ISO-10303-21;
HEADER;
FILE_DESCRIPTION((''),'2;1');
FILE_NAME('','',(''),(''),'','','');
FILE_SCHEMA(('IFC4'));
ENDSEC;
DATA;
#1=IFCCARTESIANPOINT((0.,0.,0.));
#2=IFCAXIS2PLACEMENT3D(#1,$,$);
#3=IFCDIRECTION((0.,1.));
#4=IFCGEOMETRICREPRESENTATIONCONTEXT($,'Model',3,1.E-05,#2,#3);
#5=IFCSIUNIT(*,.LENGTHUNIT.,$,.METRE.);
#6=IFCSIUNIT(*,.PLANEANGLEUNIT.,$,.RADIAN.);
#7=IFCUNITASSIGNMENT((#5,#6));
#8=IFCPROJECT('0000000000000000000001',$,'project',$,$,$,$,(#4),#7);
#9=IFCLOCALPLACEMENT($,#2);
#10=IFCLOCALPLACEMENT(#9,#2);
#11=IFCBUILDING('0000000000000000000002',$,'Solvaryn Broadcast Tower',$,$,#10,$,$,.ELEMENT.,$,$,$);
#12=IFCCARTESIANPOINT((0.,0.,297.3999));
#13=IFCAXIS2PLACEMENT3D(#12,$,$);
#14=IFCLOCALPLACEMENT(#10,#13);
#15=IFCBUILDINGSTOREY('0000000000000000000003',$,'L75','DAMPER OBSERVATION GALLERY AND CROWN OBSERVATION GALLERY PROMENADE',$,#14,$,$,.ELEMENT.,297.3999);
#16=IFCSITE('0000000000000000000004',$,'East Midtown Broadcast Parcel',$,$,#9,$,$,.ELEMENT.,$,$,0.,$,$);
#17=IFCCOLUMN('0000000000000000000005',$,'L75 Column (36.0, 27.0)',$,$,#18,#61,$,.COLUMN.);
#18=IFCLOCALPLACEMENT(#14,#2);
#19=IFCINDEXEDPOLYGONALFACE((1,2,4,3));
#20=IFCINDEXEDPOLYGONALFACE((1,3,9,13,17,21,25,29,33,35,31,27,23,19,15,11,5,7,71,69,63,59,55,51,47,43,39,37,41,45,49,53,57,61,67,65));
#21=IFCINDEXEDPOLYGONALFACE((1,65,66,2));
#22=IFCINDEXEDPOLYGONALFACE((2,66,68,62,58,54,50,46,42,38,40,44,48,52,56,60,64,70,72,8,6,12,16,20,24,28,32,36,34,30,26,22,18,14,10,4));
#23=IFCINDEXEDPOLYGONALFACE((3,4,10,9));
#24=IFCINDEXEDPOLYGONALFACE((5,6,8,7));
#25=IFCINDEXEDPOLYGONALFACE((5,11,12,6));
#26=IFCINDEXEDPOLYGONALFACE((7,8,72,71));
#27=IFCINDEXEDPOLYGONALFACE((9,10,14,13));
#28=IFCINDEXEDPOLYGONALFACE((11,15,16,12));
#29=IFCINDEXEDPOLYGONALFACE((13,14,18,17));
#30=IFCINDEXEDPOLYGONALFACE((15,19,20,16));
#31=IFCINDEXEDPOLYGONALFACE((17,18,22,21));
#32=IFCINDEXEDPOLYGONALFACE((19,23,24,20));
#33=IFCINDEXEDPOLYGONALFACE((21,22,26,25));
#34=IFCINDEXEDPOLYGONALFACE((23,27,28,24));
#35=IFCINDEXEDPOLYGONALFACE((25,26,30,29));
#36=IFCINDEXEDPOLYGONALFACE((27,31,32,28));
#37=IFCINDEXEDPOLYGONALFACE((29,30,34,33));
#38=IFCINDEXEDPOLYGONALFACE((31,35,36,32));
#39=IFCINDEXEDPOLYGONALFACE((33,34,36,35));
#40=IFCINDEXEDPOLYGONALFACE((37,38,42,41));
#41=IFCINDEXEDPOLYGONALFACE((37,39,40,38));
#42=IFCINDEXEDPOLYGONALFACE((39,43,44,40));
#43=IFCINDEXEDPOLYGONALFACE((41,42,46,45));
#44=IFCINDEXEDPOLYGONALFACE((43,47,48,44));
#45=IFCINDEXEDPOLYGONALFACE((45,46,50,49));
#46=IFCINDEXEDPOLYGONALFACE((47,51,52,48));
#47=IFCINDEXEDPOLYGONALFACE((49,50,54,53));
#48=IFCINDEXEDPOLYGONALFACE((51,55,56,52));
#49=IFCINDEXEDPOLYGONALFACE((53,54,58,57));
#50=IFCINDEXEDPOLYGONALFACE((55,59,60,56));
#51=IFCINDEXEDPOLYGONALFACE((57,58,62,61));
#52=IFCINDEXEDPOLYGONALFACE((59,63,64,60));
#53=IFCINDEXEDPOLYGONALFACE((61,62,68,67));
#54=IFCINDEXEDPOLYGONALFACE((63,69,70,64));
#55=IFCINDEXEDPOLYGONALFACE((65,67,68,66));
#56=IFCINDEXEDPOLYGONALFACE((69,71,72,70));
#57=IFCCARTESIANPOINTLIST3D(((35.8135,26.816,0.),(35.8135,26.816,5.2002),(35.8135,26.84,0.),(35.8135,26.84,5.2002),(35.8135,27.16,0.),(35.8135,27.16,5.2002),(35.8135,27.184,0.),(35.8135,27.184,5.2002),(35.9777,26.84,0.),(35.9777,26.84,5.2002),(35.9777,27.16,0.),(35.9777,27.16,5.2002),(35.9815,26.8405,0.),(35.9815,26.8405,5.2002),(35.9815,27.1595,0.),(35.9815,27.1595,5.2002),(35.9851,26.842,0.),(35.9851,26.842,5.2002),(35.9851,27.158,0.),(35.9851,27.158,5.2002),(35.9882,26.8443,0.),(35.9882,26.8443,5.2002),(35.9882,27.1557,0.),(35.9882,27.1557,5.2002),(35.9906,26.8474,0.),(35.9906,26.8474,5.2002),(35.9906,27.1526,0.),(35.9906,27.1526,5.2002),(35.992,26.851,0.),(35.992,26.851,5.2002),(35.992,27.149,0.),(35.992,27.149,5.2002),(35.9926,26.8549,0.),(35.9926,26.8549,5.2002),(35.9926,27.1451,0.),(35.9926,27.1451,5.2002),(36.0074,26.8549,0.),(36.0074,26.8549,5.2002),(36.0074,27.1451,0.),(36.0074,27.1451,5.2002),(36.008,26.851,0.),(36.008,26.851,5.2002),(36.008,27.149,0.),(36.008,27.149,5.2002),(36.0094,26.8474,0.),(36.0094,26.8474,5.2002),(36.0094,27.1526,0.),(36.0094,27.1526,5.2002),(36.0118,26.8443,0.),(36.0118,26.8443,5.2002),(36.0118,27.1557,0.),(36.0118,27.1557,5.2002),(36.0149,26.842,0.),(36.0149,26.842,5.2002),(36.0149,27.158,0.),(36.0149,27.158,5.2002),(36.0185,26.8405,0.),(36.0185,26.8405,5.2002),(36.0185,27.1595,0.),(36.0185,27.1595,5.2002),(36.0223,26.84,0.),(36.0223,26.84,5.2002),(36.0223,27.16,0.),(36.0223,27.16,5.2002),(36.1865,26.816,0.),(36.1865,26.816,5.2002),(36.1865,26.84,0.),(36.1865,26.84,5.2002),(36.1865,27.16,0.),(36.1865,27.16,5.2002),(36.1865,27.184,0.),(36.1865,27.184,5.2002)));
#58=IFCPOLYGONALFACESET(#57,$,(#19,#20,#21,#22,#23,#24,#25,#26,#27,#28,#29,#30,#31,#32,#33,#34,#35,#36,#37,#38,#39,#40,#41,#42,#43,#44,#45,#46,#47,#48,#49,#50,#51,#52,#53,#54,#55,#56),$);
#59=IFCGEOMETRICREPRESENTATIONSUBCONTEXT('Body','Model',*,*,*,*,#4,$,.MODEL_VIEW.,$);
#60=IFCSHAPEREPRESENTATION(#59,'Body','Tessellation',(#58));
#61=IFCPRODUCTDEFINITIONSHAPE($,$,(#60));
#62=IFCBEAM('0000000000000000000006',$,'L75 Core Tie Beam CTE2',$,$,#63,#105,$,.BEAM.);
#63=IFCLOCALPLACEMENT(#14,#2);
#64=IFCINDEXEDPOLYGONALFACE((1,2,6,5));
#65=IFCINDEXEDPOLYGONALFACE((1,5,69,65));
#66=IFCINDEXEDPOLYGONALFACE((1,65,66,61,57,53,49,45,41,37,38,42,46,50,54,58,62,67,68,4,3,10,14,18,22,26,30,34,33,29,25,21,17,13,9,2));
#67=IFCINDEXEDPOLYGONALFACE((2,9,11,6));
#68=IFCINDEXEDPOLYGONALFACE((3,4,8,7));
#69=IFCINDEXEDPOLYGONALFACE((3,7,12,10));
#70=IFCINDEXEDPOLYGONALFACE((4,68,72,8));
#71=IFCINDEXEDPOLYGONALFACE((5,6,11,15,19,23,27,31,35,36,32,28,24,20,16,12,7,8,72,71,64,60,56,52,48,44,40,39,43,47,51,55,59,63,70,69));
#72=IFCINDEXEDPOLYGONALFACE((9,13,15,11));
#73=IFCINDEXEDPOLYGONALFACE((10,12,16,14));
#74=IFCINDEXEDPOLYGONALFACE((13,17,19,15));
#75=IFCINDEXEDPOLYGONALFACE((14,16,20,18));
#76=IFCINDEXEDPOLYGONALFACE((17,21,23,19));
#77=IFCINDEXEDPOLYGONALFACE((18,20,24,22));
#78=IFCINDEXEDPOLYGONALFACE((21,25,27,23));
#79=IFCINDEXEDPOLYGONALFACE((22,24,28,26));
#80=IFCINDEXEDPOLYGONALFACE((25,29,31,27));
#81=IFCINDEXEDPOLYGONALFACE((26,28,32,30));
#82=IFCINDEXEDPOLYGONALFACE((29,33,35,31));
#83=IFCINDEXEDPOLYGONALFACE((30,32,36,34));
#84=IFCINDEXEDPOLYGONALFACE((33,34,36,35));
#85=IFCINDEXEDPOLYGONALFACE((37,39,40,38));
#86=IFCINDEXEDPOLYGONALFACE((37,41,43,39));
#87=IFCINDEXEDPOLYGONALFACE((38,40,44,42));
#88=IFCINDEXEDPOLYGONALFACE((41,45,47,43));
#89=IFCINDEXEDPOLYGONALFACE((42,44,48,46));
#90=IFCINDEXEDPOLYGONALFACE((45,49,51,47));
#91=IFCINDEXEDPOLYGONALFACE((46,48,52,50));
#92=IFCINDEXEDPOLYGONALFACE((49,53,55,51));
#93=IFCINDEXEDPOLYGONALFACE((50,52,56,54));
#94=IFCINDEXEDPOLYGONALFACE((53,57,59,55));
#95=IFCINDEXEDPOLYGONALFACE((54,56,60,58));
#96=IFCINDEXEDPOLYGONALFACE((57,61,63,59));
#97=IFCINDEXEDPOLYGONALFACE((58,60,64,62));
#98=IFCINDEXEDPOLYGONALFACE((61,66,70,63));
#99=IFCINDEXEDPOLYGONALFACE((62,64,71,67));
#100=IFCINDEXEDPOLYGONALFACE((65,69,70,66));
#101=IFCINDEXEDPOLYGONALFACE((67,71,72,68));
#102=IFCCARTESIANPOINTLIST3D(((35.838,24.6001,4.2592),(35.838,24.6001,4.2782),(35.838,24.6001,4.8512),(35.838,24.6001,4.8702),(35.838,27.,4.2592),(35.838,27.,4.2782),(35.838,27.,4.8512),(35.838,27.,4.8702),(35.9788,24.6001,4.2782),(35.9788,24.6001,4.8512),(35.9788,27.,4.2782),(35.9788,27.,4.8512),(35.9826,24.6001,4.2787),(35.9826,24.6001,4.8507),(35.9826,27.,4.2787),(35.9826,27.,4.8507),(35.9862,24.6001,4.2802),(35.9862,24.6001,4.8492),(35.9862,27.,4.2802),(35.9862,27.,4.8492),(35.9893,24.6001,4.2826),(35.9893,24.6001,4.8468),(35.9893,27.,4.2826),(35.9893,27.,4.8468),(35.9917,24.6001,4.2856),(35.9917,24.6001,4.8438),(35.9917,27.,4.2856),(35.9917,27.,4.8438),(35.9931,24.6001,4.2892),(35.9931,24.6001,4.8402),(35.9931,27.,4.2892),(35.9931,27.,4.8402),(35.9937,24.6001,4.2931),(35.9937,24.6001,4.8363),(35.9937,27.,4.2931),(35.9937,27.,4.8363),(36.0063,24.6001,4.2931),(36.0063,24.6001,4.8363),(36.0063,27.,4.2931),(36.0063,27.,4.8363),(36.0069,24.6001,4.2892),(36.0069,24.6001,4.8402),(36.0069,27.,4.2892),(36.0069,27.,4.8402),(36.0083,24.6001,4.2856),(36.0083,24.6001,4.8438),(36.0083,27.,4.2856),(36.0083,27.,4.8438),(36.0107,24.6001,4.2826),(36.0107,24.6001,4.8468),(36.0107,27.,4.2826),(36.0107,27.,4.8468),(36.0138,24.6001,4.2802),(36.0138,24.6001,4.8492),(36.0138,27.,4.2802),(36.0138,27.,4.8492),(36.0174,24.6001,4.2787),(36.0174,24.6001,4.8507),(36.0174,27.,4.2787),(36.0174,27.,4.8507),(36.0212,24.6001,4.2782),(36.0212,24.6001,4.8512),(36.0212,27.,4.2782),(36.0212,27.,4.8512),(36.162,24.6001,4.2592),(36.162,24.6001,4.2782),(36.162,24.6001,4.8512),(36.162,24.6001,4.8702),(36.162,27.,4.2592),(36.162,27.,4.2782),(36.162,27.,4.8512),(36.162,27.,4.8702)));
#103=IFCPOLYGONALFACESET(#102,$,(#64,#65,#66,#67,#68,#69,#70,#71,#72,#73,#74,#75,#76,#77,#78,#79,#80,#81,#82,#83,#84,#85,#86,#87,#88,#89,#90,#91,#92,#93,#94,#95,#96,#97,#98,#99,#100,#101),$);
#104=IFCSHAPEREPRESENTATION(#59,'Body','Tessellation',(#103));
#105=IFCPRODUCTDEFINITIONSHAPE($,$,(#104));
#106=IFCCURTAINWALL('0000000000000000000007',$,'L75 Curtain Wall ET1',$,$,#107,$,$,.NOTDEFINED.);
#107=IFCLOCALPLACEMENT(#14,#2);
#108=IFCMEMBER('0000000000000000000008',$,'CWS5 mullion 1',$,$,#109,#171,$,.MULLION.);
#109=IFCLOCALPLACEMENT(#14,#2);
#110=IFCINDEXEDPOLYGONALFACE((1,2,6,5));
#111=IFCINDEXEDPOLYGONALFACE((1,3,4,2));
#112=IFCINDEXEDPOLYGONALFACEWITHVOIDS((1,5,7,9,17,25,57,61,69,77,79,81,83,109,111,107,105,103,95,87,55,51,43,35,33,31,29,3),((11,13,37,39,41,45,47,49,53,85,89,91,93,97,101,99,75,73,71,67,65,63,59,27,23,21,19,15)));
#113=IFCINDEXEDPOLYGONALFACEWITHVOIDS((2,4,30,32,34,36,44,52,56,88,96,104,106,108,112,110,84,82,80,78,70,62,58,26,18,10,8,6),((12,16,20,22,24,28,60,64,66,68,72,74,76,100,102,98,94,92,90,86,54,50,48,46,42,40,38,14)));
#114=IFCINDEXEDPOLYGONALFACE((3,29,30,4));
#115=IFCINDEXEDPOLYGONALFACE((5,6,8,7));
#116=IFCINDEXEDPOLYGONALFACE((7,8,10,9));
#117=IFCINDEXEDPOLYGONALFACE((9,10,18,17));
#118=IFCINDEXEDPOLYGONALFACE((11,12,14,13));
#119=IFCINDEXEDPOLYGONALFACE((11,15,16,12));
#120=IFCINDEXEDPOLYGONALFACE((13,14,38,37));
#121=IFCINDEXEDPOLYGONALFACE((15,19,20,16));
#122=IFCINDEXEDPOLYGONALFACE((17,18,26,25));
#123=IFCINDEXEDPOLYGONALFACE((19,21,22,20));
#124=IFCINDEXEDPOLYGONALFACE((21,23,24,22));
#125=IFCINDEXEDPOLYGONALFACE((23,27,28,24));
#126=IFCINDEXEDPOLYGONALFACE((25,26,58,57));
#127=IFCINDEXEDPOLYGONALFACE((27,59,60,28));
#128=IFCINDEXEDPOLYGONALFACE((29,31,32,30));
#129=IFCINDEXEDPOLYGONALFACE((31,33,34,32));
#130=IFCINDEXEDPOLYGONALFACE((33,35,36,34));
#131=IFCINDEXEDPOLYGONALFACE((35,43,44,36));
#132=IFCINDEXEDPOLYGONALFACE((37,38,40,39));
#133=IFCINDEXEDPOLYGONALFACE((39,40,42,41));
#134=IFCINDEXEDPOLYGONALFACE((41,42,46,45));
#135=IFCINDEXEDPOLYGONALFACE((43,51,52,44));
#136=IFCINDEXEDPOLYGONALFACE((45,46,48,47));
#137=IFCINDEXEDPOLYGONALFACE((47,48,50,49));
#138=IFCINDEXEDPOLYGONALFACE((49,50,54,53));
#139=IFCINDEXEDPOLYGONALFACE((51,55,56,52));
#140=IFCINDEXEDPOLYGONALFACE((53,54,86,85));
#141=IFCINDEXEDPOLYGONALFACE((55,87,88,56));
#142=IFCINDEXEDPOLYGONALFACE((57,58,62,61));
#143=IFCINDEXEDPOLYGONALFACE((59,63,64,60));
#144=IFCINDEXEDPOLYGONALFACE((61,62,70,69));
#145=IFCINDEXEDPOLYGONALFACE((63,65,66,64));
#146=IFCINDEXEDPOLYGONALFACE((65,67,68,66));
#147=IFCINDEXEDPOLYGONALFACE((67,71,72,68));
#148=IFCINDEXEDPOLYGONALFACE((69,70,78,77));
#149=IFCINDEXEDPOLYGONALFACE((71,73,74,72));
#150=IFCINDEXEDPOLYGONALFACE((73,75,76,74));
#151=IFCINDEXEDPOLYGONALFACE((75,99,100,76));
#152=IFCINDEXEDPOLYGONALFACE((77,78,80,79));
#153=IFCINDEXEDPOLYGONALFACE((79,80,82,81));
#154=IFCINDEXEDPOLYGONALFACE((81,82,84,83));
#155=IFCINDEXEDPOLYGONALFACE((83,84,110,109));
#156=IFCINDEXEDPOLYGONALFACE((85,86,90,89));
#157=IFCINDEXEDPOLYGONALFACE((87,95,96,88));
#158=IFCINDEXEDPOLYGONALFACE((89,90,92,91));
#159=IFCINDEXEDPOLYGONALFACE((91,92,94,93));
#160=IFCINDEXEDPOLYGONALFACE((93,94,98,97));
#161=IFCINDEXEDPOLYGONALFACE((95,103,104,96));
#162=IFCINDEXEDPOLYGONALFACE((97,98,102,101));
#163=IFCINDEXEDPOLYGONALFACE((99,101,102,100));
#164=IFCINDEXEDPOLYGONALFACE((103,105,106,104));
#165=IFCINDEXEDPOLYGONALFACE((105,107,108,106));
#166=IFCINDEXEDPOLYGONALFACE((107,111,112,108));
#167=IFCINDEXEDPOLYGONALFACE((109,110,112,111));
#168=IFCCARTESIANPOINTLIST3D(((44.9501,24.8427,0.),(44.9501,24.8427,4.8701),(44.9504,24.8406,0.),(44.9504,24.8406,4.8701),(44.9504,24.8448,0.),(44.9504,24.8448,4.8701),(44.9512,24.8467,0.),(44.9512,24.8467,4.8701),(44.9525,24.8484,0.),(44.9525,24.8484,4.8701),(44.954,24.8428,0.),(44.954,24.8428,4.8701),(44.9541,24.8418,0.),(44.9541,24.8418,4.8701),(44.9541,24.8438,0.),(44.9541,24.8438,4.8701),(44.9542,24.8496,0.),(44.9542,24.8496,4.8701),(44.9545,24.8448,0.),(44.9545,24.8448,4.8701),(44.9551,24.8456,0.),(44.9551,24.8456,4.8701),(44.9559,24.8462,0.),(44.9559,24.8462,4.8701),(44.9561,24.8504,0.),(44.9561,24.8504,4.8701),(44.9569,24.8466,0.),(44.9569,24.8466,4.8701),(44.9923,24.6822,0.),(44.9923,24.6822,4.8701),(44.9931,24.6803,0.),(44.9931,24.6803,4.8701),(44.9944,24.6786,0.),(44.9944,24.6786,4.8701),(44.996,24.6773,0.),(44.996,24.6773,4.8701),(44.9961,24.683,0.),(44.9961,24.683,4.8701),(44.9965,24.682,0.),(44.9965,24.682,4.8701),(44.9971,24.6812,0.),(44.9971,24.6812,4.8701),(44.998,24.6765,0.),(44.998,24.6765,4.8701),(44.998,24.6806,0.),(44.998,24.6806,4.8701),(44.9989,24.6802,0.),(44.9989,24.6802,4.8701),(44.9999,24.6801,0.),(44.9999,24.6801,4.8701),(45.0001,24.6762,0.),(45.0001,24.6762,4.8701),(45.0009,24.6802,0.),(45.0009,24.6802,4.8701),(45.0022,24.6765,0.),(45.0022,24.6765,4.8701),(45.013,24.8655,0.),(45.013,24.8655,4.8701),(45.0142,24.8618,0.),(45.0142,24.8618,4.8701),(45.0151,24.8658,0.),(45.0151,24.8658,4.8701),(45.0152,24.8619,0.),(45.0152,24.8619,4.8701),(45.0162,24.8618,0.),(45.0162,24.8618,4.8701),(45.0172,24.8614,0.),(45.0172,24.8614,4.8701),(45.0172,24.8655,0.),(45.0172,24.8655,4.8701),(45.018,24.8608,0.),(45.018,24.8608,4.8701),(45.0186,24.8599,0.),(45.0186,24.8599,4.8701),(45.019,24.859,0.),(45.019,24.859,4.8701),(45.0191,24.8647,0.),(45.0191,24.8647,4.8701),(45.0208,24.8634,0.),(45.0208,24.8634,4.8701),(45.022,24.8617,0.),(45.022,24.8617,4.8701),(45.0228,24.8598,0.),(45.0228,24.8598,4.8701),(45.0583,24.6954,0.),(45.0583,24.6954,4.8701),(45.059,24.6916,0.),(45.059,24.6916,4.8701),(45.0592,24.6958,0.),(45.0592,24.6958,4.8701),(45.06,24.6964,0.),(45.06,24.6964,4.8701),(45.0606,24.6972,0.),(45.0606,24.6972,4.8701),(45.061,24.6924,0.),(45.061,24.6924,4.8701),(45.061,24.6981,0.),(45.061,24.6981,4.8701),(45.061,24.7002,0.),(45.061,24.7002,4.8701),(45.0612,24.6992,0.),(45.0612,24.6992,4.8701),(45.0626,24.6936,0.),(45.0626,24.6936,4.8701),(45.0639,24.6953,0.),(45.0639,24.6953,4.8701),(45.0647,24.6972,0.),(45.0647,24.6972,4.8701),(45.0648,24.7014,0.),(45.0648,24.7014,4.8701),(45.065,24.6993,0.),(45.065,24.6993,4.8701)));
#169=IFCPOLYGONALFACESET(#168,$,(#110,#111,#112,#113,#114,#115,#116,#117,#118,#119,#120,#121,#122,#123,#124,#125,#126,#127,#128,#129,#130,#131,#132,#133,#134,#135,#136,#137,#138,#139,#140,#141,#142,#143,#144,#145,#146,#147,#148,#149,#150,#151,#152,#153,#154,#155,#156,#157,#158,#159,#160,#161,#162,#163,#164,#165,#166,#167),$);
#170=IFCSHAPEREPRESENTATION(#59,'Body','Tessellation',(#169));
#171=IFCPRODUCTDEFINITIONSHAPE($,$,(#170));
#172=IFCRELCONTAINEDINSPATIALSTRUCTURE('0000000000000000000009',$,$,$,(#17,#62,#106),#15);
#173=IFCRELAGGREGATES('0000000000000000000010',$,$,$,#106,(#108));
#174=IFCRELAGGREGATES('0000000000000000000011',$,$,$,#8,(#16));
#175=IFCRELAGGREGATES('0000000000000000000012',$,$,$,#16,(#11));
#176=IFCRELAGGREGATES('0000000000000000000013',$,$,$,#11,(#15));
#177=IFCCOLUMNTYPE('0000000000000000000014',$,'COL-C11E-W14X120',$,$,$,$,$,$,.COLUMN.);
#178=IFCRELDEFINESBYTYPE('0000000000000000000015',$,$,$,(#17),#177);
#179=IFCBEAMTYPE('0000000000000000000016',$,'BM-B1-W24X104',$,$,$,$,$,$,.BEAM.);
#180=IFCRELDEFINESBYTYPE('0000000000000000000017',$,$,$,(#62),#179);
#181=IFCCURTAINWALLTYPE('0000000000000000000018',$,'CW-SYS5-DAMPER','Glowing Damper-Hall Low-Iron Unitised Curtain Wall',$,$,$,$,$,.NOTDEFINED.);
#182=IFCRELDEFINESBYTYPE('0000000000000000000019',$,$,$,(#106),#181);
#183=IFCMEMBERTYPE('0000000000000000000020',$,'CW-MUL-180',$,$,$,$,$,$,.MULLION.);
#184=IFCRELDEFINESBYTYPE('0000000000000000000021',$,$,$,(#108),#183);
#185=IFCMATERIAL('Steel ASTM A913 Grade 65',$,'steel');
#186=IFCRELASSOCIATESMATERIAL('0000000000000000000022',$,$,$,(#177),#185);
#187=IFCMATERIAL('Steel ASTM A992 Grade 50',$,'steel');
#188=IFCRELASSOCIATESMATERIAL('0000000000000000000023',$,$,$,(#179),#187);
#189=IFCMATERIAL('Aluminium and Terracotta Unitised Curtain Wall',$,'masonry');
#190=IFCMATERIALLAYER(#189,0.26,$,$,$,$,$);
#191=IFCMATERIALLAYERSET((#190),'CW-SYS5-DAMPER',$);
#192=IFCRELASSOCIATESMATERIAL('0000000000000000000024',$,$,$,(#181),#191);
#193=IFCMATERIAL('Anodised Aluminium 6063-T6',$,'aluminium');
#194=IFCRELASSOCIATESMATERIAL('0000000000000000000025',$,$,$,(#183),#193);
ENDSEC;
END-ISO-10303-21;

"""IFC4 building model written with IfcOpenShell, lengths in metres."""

from ifc_helpers import new_model, si_unit, direction, frame, origin, origin_2d, place, context, subcontext, project, spatial, hollow_rectangle, i_section, extrude, material, layer, layer_set, material_profile, profile_set, type_object, element, aggregate, save


model = new_model("IFC4")

# Units and contexts
model_context = context("Model", 3, precision=1e-05, world=origin(), true_north=direction((0.0, 1.0)))
body_context = subcontext(model_context, "Body", "Model", "MODEL_VIEW")
ifc_project = project(units=[si_unit("LENGTHUNIT", "METRE"), si_unit("PLANEANGLEUNIT", "RADIAN")], contexts=[model_context])

# Site, building, storey
site_placement = place(None, origin())
site = spatial("IfcSite", under=ifc_project, at=site_placement, Name="East Midtown Broadcast Parcel", CompositionType="ELEMENT", RefElevation=0.0)
building_placement = place(site_placement, origin())
building = spatial("IfcBuilding", under=site, at=building_placement, Name="Solvaryn Broadcast Tower", CompositionType="ELEMENT")
storey_placement = place(building_placement, frame((0.0, 0.0, 297.3999)))
storey = spatial("IfcBuildingStorey", under=building, at=storey_placement, Name="L75", Description="DAMPER OBSERVATION GALLERY AND CROWN OBSERVATION GALLERY PROMENADE", CompositionType="ELEMENT", Elevation=297.3999)

# Column
ifc_material_1 = material(Name="Steel ASTM A913 Grade 65", Category="steel")
ifc_material_profile_1 = material_profile(ifc_material_1, i_section(OverallWidth=0.373, OverallDepth=0.3679, WebThickness=0.0149, FlangeThickness=0.0239, FilletRadius=0.0149, at=origin_2d()))
ifc_profile_set_1 = profile_set([ifc_material_profile_1], Name="Steel ASTM A913 Grade 65")
column_type = type_object("IfcColumnType", Name="COL-C11E-W14X120", PredefinedType="COLUMN", material=ifc_profile_set_1)
column_placement = place(storey_placement, frame((36.0, 27.0, 0.0), z_axis=(0.0, 0.0, 1.0), x_axis=(1.0, 0.0, 0.0)))
element("IfcColumn", 1, at=column_placement, inside=storey, type_object=column_type, Name="L75 Column (36.0, 27.0)", PredefinedType="COLUMN", context=body_context, shape_type="SweptSolid", body=[
    extrude(i_section(OverallWidth=0.373, OverallDepth=0.3679, WebThickness=0.0149, FlangeThickness=0.0239, FilletRadius=0.0149, at=origin_2d()), origin(), (0.0, 0.0, 1.0), 5.2002),
])

# Beam
ifc_material_2 = material(Name="Steel ASTM A992 Grade 50", Category="steel")
ifc_material_profile_2 = material_profile(ifc_material_2, i_section(OverallWidth=0.324, OverallDepth=0.6111, WebThickness=0.0127, FlangeThickness=0.019, FilletRadius=0.0149, at=origin_2d()))
ifc_profile_set_2 = profile_set([ifc_material_profile_2], Name="Steel ASTM A992 Grade 50")
beam_type = type_object("IfcBeamType", Name="BM-B1-W24X104", PredefinedType="BEAM", material=ifc_profile_set_2)
beam_placement = place(storey_placement, frame((36.0, 24.6001, 4.5647), z_axis=(0.0, 1.0, 0.0), x_axis=(-1.0, 0.0, 0.0)))
element("IfcBeam", 2, at=beam_placement, inside=storey, type_object=beam_type, Name="L75 Core Tie Beam CTE2", PredefinedType="BEAM", context=body_context, shape_type="SweptSolid", body=[
    extrude(i_section(OverallWidth=0.324, OverallDepth=0.6111, WebThickness=0.0127, FlangeThickness=0.019, FilletRadius=0.0149, at=origin_2d()), origin(), (0.0, 0.0, 1.0), 2.3999),
])

# Curtain wall, member
ifc_material_3 = material(Name="Aluminium and Terracotta Unitised Curtain Wall", Category="masonry")
ifc_layer_1 = layer(ifc_material_3, 0.26)
ifc_layer_set_1 = layer_set([ifc_layer_1], Name="CW-SYS5-DAMPER")
curtain_wall_type = type_object("IfcCurtainWallType", Name="CW-SYS5-DAMPER", Description="Glowing Damper-Hall Low-Iron Unitised Curtain Wall", PredefinedType="NOTDEFINED", material=ifc_layer_set_1)
curtain_wall_1_placement = place(storey_placement, origin())
curtain_wall_1 = element("IfcCurtainWall", 3, at=curtain_wall_1_placement, inside=storey, type_object=curtain_wall_type, Name="L75 Curtain Wall ET1", PredefinedType="NOTDEFINED")
ifc_material_4 = material(Name="Anodised Aluminium 6063-T6", Category="aluminium")
ifc_material_profile_3 = material_profile(ifc_material_4, hollow_rectangle(XDim=0.075, YDim=0.1799, WallThickness=0.0039, InnerFilletRadius=0.0039, OuterFilletRadius=0.0081, at=origin_2d()))
ifc_profile_set_3 = profile_set([ifc_material_profile_3], Name="Anodised Aluminium 6063-T6")
member_type_1 = type_object("IfcMemberType", Name="CW-MUL-180", PredefinedType="MULLION", material=ifc_profile_set_3)
member_1_placement = place(storey_placement, frame((45.0076, 24.771, 0.0), z_axis=(0.0, 0.0, 1.0), x_axis=(0.966705, 0.255893, 0.0)))
member_1 = element("IfcMember", 4, at=member_1_placement, type_object=member_type_1, Name="CWS5 mullion 1", PredefinedType="MULLION", context=body_context, shape_type="SweptSolid", body=[
    extrude(hollow_rectangle(XDim=0.075, YDim=0.1799, WallThickness=0.0039, InnerFilletRadius=0.0039, OuterFilletRadius=0.0081, at=origin_2d()), origin(), (0.0, 0.0, 1.0), 4.8701),
])

aggregate(curtain_wall_1, [member_1])

save(model, "model.ifc")
